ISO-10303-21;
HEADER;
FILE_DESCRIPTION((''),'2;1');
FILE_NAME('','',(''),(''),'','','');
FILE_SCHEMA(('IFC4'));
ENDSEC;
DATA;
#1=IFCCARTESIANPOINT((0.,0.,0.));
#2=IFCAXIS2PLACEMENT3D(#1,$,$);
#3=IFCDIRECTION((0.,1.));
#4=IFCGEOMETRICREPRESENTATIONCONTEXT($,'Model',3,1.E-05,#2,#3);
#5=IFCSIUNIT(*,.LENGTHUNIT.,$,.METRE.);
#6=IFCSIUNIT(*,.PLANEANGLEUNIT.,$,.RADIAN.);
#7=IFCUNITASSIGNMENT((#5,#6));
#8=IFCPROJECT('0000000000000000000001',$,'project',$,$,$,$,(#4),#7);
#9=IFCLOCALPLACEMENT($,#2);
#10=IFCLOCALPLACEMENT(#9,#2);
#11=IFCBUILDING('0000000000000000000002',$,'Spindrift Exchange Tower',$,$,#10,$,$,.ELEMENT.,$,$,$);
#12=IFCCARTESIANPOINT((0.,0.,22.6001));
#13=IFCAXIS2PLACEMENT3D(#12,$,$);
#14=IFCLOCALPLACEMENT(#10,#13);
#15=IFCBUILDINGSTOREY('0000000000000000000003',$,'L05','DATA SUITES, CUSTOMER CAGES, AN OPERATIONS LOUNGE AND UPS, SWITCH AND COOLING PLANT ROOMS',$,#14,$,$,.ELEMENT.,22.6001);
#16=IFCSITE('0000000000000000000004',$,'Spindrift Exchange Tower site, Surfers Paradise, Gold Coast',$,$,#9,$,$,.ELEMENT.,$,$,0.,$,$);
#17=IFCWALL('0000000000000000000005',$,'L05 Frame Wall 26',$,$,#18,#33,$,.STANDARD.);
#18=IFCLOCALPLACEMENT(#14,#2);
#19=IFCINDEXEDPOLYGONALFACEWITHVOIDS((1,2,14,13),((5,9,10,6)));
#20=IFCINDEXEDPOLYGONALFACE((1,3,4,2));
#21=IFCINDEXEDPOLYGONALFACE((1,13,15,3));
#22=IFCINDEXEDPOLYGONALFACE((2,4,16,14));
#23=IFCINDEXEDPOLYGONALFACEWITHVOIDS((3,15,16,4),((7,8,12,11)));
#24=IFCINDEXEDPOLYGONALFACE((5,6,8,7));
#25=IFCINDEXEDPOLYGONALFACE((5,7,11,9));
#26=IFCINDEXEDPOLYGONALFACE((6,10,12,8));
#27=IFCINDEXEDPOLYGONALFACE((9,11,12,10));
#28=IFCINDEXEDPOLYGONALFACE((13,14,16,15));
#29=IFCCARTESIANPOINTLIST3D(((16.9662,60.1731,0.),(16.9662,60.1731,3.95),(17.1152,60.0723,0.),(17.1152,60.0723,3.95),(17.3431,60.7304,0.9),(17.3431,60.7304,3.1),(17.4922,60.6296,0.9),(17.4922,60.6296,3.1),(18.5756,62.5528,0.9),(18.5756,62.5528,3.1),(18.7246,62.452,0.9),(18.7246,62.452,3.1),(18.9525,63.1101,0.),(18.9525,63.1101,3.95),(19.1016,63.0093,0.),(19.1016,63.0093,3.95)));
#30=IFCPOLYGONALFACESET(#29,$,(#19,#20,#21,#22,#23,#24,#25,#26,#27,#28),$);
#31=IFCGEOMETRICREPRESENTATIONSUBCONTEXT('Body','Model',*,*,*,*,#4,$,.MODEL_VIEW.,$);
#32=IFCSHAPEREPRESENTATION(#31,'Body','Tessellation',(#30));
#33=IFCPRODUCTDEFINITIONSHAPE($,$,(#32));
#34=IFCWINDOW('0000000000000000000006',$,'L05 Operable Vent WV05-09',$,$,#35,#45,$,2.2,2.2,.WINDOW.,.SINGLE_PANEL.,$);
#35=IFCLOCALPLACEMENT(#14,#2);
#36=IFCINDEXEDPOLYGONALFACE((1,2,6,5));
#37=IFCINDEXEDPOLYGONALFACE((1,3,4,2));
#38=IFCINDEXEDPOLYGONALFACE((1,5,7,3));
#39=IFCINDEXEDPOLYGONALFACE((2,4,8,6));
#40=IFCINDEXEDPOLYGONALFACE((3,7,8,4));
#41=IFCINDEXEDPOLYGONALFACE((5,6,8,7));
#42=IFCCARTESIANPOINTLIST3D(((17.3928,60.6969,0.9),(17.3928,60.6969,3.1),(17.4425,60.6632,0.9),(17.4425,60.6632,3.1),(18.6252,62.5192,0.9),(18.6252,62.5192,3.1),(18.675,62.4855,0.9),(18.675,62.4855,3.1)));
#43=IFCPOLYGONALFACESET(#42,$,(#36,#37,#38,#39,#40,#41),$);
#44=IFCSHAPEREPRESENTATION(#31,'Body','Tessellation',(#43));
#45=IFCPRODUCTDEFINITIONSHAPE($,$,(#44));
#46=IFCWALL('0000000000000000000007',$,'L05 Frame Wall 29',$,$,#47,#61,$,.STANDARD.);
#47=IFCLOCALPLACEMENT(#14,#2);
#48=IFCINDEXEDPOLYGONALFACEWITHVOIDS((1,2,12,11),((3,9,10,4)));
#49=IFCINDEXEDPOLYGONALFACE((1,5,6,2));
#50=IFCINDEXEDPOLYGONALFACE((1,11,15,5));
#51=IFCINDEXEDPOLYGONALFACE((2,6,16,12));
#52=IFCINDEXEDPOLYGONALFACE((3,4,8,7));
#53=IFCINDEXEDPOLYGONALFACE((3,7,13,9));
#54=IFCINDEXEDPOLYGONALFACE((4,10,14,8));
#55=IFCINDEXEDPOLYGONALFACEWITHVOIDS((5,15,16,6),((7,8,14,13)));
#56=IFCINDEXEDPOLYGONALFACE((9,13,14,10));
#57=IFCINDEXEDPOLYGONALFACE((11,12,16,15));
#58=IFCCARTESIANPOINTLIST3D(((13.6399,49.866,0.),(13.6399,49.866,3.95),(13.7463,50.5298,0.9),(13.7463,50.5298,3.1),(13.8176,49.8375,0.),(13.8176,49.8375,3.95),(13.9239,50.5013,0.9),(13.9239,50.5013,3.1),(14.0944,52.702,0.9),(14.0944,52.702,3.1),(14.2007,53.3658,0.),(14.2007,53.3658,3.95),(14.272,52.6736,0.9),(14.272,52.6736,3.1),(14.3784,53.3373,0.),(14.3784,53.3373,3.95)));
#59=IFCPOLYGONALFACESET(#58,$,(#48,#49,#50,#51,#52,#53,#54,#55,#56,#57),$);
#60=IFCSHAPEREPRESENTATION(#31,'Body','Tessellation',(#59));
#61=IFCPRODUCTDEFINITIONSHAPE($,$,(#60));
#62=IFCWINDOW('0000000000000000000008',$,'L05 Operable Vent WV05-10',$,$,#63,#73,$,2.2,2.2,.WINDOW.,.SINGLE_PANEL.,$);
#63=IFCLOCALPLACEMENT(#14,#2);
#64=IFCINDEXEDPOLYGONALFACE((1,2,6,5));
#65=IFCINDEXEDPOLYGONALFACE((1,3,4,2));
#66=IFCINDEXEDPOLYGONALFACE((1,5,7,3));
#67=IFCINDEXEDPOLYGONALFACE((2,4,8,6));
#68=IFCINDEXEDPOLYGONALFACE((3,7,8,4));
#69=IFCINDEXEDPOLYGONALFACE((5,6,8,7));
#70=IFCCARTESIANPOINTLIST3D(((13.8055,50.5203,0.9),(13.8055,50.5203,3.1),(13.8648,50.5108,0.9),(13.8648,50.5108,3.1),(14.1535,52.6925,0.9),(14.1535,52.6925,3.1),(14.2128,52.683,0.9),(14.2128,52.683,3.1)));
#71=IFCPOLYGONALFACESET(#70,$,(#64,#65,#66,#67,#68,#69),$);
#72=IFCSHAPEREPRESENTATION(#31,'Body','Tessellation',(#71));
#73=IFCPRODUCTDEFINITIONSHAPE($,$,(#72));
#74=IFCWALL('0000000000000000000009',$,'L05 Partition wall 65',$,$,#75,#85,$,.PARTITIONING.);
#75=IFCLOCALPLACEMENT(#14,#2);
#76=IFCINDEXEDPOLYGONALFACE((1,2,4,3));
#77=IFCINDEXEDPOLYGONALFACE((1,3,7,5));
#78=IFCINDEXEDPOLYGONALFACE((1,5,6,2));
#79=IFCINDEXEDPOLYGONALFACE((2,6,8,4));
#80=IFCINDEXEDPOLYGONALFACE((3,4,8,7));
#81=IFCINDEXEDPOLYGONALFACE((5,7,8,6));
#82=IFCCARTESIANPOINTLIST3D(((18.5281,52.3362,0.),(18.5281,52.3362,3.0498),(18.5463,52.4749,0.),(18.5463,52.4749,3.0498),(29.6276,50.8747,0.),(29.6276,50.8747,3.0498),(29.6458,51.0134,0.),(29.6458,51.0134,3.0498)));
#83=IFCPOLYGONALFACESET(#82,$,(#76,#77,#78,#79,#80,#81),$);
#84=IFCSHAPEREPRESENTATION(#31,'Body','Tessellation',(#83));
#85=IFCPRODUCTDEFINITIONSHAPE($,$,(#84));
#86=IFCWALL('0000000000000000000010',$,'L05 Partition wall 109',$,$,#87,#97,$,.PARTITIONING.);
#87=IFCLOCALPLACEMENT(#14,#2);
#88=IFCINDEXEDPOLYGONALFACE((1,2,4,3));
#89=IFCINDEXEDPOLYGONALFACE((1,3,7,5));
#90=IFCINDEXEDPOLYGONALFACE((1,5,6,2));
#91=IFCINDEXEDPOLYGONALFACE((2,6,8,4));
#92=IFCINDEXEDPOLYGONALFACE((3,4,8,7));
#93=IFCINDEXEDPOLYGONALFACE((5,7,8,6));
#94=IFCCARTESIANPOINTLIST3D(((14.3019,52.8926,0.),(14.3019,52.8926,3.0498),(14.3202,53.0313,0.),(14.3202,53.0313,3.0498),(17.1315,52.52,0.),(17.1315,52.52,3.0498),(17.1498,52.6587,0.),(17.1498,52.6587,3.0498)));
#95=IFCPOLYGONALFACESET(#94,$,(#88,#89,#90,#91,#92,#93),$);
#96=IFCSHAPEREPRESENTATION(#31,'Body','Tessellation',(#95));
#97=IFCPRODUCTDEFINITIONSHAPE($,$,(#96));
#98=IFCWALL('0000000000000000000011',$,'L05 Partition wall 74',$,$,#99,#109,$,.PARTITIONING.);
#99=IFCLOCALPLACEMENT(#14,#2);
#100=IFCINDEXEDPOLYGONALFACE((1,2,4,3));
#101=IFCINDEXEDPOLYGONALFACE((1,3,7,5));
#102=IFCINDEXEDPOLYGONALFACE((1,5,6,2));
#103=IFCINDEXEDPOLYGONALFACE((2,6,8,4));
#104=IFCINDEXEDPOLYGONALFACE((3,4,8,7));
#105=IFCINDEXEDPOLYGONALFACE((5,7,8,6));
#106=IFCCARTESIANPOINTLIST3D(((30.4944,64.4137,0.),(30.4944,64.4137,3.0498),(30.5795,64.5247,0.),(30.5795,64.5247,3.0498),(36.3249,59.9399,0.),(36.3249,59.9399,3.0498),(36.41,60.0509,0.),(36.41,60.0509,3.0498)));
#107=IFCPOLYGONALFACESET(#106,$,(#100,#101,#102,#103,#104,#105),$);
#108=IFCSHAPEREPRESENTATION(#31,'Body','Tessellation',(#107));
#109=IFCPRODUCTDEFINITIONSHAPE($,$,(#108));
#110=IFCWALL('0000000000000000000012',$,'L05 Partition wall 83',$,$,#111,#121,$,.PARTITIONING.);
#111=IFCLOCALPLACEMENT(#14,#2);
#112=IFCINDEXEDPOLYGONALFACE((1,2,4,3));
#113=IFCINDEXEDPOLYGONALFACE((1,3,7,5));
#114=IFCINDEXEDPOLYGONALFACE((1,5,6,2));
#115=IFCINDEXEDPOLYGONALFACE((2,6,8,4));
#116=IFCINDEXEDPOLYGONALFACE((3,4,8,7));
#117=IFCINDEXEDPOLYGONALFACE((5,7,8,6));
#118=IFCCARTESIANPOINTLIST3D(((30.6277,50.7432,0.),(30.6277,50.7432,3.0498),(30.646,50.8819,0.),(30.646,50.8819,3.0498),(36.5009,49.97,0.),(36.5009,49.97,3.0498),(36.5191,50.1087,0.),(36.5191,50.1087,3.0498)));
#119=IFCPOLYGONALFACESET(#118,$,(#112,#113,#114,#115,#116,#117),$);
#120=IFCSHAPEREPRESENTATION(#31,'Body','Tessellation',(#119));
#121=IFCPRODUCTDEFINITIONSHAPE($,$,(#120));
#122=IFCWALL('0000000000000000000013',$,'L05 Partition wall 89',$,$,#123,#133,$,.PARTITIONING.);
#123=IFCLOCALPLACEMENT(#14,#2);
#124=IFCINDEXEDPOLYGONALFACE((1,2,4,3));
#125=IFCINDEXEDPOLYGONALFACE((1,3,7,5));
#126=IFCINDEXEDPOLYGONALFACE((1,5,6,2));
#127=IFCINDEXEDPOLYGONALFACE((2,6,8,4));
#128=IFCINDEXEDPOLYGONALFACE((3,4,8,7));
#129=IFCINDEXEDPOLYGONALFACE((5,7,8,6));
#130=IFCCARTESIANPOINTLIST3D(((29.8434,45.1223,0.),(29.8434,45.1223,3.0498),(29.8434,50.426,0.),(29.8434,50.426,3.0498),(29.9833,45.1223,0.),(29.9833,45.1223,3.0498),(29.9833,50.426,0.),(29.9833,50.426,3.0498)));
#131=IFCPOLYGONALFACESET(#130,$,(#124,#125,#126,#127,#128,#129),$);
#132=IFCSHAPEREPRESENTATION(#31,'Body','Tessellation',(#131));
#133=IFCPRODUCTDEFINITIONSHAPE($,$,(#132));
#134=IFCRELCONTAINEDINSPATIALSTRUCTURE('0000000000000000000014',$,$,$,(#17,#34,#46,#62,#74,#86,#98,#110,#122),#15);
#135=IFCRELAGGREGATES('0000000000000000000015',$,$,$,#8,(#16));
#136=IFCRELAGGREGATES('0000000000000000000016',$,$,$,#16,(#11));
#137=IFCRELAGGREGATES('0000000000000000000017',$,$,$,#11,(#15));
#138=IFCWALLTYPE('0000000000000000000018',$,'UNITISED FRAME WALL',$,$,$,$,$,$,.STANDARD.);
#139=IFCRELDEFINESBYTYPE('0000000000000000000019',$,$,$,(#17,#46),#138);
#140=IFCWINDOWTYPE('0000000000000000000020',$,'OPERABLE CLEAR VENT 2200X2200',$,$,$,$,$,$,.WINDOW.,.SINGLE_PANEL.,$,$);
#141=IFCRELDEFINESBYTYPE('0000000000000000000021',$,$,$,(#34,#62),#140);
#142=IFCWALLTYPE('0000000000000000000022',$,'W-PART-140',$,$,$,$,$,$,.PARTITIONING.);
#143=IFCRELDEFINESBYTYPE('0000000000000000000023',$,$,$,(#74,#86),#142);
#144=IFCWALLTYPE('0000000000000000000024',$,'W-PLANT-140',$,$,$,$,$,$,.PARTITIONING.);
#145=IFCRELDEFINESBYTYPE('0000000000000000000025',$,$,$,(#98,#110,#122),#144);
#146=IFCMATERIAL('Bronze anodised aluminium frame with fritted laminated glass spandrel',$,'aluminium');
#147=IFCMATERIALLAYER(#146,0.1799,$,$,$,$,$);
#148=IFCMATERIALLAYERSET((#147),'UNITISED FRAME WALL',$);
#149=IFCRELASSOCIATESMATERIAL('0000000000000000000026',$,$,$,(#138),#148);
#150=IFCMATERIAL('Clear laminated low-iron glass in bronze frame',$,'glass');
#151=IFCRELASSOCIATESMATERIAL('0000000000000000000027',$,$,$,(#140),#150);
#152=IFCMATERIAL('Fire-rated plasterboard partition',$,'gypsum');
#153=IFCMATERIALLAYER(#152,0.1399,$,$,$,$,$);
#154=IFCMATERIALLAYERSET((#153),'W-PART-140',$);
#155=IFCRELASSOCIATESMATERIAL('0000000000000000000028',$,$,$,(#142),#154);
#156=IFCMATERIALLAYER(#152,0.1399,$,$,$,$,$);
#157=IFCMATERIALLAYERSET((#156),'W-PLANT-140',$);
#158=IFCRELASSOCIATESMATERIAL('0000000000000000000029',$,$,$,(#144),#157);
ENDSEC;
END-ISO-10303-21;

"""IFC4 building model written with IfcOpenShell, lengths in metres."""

from ifc_helpers import new_model, si_unit, direction, frame, frame_2d, origin, place, context, subcontext, project, spatial, rectangle, extrude, source, transform, mapped, material, layer, layer_set, type_object, element, fill, save


model = new_model("IFC4")

# Units and contexts
model_context = context("Model", 3, precision=1e-05, world=origin(), true_north=direction((0.0, 1.0)))
body_context = subcontext(model_context, "Body", "Model", "MODEL_VIEW")
ifc_project = project(units=[si_unit("LENGTHUNIT", "METRE"), si_unit("PLANEANGLEUNIT", "RADIAN")], contexts=[model_context])

# Site, building, storey
site_placement = place(None, origin())
site = spatial("IfcSite", under=ifc_project, at=site_placement, Name="Spindrift Exchange Tower site, Surfers Paradise, Gold Coast", CompositionType="ELEMENT", RefElevation=0.0)
building_placement = place(site_placement, origin())
building = spatial("IfcBuilding", under=site, at=building_placement, Name="Spindrift Exchange Tower", CompositionType="ELEMENT")
storey_placement = place(building_placement, frame((0.0, 0.0, 22.6001)))
storey = spatial("IfcBuildingStorey", under=building, at=storey_placement, Name="L05", Description="DATA SUITES, CUSTOMER CAGES, AN OPERATIONS LOUNGE AND UPS, SWITCH AND COOLING PLANT ROOMS", CompositionType="ELEMENT", Elevation=22.6001)

# Walls, openings, windows
ifc_material_1 = material(Name="Bronze anodised aluminium frame with fritted laminated glass spandrel", Category="aluminium")
ifc_layer_1 = layer(ifc_material_1, 0.1799)
ifc_layer_set_1 = layer_set([ifc_layer_1], Name="UNITISED FRAME WALL")
wall_type_1 = type_object("IfcWallType", Name="UNITISED FRAME WALL", PredefinedType="STANDARD", material=ifc_layer_set_1)
wall_1_placement = place(storey_placement, frame((19.0271, 63.0598, 0.0), z_axis=(0.0, 0.0, 1.0), x_axis=(-0.560218, -0.828345, 0.0)))
wall_1 = element("IfcWall", 1, at=wall_1_placement, inside=storey, type_object=wall_type_1, Name="L05 Frame Wall 26", PredefinedType="STANDARD", context=body_context, shape_type="SweptSolid", body=[
    extrude(rectangle(XDim=3.5457, YDim=0.1799, at=frame_2d((1.7729, 0.0))), origin(), (0.0, 0.0, 1.0), 3.95),
])
opening_1_placement = place(wall_1_placement, frame((0.6729, 0.0, 0.8999)))
opening_1 = element("IfcOpeningElement", 2, at=opening_1_placement, cuts=wall_1, PredefinedType="OPENING", context=body_context, shape_type="SweptSolid", body=[
    extrude(rectangle(XDim=2.2, YDim=2.2, at=frame_2d((1.1001, 1.1001))), frame((0.0, 0.0999, 0.0), z_axis=(0.0, -1.0, 0.0), x_axis=(1.0, 0.0, 0.0)), (0.0, 0.0, 1.0), 0.2),
])
ifc_material_2 = material(Name="Clear laminated low-iron glass in bronze frame", Category="glass")
window_type = type_object("IfcWindowType", Name="OPERABLE CLEAR VENT 2200X2200", PartitioningType="SINGLE_PANEL", PredefinedType="WINDOW", material=ifc_material_2)
shared_shape_1 = source(origin(), body_context, "Body", "SweptSolid", [
    extrude(rectangle(XDim=2.2, YDim=2.2, at=frame_2d((1.1001, 1.1001))), frame((0.0, 0.03, 0.0), z_axis=(0.0, -1.0, 0.0), x_axis=(1.0, 0.0, 0.0)), (0.0, 0.0, 1.0), 0.0601),
])
window_1_placement = place(opening_1_placement, origin())
window_1 = element("IfcWindow", 3, at=window_1_placement, inside=storey, type_object=window_type, Name="L05 Operable Vent WV05-09", OverallHeight=2.2, OverallWidth=2.2, PartitioningType="SINGLE_PANEL", PredefinedType="WINDOW", context=body_context, shape_type="MappedRepresentation", body=[
    mapped(shared_shape_1, transform((0.0, 0.0, 0.0), scale=1.0)),
])
fill(opening_1, window_1)
wall_2_placement = place(storey_placement, frame((14.2896, 53.3516, 0.0), z_axis=(0.0, 0.0, 1.0), x_axis=(-0.158219, -0.987404, 0.0)))
wall_2 = element("IfcWall", 4, at=wall_2_placement, inside=storey, type_object=wall_type_1, Name="L05 Frame Wall 29", PredefinedType="STANDARD", context=body_context, shape_type="SweptSolid", body=[
    extrude(rectangle(XDim=3.5444, YDim=0.1799, at=frame_2d((1.7722, 0.0))), origin(), (0.0, 0.0, 1.0), 3.95),
])
opening_2_placement = place(wall_2_placement, frame((0.6721, 0.0, 0.8999)))
opening_2 = element("IfcOpeningElement", 5, at=opening_2_placement, cuts=wall_2, PredefinedType="OPENING", context=body_context, shape_type="SweptSolid", body=[
    extrude(rectangle(XDim=2.2, YDim=2.2, at=frame_2d((1.1001, 1.1001))), frame((0.0, 0.0999, 0.0), z_axis=(0.0, -1.0, 0.0), x_axis=(1.0, 0.0, 0.0)), (0.0, 0.0, 1.0), 0.2),
])
window_2_placement = place(opening_2_placement, origin())
window_2 = element("IfcWindow", 6, at=window_2_placement, inside=storey, type_object=window_type, Name="L05 Operable Vent WV05-10", OverallHeight=2.2, OverallWidth=2.2, PartitioningType="SINGLE_PANEL", PredefinedType="WINDOW", context=body_context, shape_type="MappedRepresentation", body=[
    mapped(shared_shape_1, transform((0.0, 0.0, 0.0), scale=1.0)),
])
fill(opening_2, window_2)

# Walls
ifc_material_3 = material(Name="Fire-rated plasterboard partition", Category="gypsum")
ifc_layer_2 = layer(ifc_material_3, 0.1399)
ifc_layer_set_2 = layer_set([ifc_layer_2], Name="W-PART-140")
wall_type_2 = type_object("IfcWallType", Name="W-PART-140", PredefinedType="PARTITIONING", material=ifc_layer_set_2)
wall_3_placement = place(storey_placement, frame((29.6367, 50.9441, 0.0), z_axis=(0.0, 0.0, 1.0), x_axis=(-0.991443, 0.130538, 0.0)))
element("IfcWall", 7, at=wall_3_placement, inside=storey, type_object=wall_type_2, Name="L05 Partition wall 65", PredefinedType="PARTITIONING", context=body_context, shape_type="SweptSolid", body=[
    extrude(rectangle(XDim=11.1953, YDim=0.1399, at=frame_2d((5.5977, 0.0))), origin(), (0.0, 0.0, 1.0), 3.0498),
])
wall_4_placement = place(storey_placement, frame((17.1406, 52.5894, 0.0), z_axis=(0.0, 0.0, 1.0), x_axis=(-0.991443, 0.130539, 0.0)))
element("IfcWall", 8, at=wall_4_placement, inside=storey, type_object=wall_type_2, Name="L05 Partition wall 109", PredefinedType="PARTITIONING", context=body_context, shape_type="SweptSolid", body=[
    extrude(rectangle(XDim=2.854, YDim=0.1399, at=frame_2d((1.427, 0.0))), origin(), (0.0, 0.0, 1.0), 3.0498),
])
ifc_layer_3 = layer(ifc_material_3, 0.1399)
ifc_layer_set_3 = layer_set([ifc_layer_3], Name="W-PLANT-140")
wall_type_3 = type_object("IfcWallType", Name="W-PLANT-140", PredefinedType="PARTITIONING", material=ifc_layer_set_3)
wall_5_placement = place(storey_placement, frame((36.3674, 59.9954, 0.0), z_axis=(0.0, 0.0, 1.0), x_axis=(-0.793358, 0.608755, 0.0)))
element("IfcWall", 9, at=wall_5_placement, inside=storey, type_object=wall_type_3, Name="L05 Partition wall 74", PredefinedType="PARTITIONING", context=body_context, shape_type="SweptSolid", body=[
    extrude(rectangle(XDim=7.3491, YDim=0.1399, at=frame_2d((3.6746, 0.0))), origin(), (0.0, 0.0, 1.0), 3.0498),
])
wall_6_placement = place(storey_placement, frame((36.51, 50.0393, 0.0), z_axis=(0.0, 0.0, 1.0), x_axis=(-0.991445, 0.130525, 0.0)))
element("IfcWall", 10, at=wall_6_placement, inside=storey, type_object=wall_type_3, Name="L05 Partition wall 83", PredefinedType="PARTITIONING", context=body_context, shape_type="SweptSolid", body=[
    extrude(rectangle(XDim=5.9238, YDim=0.1399, at=frame_2d((2.9619, 0.0))), origin(), (0.0, 0.0, 1.0), 3.0498),
])
wall_7_placement = place(storey_placement, frame((29.9133, 50.426, 0.0), z_axis=(0.0, 0.0, 1.0), x_axis=(0.0, -1.0, 0.0)))
element("IfcWall", 11, at=wall_7_placement, inside=storey, type_object=wall_type_3, Name="L05 Partition wall 89", PredefinedType="PARTITIONING", context=body_context, shape_type="SweptSolid", body=[
    extrude(rectangle(XDim=5.3037, YDim=0.1399, at=frame_2d((2.6519, 0.0))), origin(), (0.0, 0.0, 1.0), 3.0498),
])

save(model, "model.ifc")
